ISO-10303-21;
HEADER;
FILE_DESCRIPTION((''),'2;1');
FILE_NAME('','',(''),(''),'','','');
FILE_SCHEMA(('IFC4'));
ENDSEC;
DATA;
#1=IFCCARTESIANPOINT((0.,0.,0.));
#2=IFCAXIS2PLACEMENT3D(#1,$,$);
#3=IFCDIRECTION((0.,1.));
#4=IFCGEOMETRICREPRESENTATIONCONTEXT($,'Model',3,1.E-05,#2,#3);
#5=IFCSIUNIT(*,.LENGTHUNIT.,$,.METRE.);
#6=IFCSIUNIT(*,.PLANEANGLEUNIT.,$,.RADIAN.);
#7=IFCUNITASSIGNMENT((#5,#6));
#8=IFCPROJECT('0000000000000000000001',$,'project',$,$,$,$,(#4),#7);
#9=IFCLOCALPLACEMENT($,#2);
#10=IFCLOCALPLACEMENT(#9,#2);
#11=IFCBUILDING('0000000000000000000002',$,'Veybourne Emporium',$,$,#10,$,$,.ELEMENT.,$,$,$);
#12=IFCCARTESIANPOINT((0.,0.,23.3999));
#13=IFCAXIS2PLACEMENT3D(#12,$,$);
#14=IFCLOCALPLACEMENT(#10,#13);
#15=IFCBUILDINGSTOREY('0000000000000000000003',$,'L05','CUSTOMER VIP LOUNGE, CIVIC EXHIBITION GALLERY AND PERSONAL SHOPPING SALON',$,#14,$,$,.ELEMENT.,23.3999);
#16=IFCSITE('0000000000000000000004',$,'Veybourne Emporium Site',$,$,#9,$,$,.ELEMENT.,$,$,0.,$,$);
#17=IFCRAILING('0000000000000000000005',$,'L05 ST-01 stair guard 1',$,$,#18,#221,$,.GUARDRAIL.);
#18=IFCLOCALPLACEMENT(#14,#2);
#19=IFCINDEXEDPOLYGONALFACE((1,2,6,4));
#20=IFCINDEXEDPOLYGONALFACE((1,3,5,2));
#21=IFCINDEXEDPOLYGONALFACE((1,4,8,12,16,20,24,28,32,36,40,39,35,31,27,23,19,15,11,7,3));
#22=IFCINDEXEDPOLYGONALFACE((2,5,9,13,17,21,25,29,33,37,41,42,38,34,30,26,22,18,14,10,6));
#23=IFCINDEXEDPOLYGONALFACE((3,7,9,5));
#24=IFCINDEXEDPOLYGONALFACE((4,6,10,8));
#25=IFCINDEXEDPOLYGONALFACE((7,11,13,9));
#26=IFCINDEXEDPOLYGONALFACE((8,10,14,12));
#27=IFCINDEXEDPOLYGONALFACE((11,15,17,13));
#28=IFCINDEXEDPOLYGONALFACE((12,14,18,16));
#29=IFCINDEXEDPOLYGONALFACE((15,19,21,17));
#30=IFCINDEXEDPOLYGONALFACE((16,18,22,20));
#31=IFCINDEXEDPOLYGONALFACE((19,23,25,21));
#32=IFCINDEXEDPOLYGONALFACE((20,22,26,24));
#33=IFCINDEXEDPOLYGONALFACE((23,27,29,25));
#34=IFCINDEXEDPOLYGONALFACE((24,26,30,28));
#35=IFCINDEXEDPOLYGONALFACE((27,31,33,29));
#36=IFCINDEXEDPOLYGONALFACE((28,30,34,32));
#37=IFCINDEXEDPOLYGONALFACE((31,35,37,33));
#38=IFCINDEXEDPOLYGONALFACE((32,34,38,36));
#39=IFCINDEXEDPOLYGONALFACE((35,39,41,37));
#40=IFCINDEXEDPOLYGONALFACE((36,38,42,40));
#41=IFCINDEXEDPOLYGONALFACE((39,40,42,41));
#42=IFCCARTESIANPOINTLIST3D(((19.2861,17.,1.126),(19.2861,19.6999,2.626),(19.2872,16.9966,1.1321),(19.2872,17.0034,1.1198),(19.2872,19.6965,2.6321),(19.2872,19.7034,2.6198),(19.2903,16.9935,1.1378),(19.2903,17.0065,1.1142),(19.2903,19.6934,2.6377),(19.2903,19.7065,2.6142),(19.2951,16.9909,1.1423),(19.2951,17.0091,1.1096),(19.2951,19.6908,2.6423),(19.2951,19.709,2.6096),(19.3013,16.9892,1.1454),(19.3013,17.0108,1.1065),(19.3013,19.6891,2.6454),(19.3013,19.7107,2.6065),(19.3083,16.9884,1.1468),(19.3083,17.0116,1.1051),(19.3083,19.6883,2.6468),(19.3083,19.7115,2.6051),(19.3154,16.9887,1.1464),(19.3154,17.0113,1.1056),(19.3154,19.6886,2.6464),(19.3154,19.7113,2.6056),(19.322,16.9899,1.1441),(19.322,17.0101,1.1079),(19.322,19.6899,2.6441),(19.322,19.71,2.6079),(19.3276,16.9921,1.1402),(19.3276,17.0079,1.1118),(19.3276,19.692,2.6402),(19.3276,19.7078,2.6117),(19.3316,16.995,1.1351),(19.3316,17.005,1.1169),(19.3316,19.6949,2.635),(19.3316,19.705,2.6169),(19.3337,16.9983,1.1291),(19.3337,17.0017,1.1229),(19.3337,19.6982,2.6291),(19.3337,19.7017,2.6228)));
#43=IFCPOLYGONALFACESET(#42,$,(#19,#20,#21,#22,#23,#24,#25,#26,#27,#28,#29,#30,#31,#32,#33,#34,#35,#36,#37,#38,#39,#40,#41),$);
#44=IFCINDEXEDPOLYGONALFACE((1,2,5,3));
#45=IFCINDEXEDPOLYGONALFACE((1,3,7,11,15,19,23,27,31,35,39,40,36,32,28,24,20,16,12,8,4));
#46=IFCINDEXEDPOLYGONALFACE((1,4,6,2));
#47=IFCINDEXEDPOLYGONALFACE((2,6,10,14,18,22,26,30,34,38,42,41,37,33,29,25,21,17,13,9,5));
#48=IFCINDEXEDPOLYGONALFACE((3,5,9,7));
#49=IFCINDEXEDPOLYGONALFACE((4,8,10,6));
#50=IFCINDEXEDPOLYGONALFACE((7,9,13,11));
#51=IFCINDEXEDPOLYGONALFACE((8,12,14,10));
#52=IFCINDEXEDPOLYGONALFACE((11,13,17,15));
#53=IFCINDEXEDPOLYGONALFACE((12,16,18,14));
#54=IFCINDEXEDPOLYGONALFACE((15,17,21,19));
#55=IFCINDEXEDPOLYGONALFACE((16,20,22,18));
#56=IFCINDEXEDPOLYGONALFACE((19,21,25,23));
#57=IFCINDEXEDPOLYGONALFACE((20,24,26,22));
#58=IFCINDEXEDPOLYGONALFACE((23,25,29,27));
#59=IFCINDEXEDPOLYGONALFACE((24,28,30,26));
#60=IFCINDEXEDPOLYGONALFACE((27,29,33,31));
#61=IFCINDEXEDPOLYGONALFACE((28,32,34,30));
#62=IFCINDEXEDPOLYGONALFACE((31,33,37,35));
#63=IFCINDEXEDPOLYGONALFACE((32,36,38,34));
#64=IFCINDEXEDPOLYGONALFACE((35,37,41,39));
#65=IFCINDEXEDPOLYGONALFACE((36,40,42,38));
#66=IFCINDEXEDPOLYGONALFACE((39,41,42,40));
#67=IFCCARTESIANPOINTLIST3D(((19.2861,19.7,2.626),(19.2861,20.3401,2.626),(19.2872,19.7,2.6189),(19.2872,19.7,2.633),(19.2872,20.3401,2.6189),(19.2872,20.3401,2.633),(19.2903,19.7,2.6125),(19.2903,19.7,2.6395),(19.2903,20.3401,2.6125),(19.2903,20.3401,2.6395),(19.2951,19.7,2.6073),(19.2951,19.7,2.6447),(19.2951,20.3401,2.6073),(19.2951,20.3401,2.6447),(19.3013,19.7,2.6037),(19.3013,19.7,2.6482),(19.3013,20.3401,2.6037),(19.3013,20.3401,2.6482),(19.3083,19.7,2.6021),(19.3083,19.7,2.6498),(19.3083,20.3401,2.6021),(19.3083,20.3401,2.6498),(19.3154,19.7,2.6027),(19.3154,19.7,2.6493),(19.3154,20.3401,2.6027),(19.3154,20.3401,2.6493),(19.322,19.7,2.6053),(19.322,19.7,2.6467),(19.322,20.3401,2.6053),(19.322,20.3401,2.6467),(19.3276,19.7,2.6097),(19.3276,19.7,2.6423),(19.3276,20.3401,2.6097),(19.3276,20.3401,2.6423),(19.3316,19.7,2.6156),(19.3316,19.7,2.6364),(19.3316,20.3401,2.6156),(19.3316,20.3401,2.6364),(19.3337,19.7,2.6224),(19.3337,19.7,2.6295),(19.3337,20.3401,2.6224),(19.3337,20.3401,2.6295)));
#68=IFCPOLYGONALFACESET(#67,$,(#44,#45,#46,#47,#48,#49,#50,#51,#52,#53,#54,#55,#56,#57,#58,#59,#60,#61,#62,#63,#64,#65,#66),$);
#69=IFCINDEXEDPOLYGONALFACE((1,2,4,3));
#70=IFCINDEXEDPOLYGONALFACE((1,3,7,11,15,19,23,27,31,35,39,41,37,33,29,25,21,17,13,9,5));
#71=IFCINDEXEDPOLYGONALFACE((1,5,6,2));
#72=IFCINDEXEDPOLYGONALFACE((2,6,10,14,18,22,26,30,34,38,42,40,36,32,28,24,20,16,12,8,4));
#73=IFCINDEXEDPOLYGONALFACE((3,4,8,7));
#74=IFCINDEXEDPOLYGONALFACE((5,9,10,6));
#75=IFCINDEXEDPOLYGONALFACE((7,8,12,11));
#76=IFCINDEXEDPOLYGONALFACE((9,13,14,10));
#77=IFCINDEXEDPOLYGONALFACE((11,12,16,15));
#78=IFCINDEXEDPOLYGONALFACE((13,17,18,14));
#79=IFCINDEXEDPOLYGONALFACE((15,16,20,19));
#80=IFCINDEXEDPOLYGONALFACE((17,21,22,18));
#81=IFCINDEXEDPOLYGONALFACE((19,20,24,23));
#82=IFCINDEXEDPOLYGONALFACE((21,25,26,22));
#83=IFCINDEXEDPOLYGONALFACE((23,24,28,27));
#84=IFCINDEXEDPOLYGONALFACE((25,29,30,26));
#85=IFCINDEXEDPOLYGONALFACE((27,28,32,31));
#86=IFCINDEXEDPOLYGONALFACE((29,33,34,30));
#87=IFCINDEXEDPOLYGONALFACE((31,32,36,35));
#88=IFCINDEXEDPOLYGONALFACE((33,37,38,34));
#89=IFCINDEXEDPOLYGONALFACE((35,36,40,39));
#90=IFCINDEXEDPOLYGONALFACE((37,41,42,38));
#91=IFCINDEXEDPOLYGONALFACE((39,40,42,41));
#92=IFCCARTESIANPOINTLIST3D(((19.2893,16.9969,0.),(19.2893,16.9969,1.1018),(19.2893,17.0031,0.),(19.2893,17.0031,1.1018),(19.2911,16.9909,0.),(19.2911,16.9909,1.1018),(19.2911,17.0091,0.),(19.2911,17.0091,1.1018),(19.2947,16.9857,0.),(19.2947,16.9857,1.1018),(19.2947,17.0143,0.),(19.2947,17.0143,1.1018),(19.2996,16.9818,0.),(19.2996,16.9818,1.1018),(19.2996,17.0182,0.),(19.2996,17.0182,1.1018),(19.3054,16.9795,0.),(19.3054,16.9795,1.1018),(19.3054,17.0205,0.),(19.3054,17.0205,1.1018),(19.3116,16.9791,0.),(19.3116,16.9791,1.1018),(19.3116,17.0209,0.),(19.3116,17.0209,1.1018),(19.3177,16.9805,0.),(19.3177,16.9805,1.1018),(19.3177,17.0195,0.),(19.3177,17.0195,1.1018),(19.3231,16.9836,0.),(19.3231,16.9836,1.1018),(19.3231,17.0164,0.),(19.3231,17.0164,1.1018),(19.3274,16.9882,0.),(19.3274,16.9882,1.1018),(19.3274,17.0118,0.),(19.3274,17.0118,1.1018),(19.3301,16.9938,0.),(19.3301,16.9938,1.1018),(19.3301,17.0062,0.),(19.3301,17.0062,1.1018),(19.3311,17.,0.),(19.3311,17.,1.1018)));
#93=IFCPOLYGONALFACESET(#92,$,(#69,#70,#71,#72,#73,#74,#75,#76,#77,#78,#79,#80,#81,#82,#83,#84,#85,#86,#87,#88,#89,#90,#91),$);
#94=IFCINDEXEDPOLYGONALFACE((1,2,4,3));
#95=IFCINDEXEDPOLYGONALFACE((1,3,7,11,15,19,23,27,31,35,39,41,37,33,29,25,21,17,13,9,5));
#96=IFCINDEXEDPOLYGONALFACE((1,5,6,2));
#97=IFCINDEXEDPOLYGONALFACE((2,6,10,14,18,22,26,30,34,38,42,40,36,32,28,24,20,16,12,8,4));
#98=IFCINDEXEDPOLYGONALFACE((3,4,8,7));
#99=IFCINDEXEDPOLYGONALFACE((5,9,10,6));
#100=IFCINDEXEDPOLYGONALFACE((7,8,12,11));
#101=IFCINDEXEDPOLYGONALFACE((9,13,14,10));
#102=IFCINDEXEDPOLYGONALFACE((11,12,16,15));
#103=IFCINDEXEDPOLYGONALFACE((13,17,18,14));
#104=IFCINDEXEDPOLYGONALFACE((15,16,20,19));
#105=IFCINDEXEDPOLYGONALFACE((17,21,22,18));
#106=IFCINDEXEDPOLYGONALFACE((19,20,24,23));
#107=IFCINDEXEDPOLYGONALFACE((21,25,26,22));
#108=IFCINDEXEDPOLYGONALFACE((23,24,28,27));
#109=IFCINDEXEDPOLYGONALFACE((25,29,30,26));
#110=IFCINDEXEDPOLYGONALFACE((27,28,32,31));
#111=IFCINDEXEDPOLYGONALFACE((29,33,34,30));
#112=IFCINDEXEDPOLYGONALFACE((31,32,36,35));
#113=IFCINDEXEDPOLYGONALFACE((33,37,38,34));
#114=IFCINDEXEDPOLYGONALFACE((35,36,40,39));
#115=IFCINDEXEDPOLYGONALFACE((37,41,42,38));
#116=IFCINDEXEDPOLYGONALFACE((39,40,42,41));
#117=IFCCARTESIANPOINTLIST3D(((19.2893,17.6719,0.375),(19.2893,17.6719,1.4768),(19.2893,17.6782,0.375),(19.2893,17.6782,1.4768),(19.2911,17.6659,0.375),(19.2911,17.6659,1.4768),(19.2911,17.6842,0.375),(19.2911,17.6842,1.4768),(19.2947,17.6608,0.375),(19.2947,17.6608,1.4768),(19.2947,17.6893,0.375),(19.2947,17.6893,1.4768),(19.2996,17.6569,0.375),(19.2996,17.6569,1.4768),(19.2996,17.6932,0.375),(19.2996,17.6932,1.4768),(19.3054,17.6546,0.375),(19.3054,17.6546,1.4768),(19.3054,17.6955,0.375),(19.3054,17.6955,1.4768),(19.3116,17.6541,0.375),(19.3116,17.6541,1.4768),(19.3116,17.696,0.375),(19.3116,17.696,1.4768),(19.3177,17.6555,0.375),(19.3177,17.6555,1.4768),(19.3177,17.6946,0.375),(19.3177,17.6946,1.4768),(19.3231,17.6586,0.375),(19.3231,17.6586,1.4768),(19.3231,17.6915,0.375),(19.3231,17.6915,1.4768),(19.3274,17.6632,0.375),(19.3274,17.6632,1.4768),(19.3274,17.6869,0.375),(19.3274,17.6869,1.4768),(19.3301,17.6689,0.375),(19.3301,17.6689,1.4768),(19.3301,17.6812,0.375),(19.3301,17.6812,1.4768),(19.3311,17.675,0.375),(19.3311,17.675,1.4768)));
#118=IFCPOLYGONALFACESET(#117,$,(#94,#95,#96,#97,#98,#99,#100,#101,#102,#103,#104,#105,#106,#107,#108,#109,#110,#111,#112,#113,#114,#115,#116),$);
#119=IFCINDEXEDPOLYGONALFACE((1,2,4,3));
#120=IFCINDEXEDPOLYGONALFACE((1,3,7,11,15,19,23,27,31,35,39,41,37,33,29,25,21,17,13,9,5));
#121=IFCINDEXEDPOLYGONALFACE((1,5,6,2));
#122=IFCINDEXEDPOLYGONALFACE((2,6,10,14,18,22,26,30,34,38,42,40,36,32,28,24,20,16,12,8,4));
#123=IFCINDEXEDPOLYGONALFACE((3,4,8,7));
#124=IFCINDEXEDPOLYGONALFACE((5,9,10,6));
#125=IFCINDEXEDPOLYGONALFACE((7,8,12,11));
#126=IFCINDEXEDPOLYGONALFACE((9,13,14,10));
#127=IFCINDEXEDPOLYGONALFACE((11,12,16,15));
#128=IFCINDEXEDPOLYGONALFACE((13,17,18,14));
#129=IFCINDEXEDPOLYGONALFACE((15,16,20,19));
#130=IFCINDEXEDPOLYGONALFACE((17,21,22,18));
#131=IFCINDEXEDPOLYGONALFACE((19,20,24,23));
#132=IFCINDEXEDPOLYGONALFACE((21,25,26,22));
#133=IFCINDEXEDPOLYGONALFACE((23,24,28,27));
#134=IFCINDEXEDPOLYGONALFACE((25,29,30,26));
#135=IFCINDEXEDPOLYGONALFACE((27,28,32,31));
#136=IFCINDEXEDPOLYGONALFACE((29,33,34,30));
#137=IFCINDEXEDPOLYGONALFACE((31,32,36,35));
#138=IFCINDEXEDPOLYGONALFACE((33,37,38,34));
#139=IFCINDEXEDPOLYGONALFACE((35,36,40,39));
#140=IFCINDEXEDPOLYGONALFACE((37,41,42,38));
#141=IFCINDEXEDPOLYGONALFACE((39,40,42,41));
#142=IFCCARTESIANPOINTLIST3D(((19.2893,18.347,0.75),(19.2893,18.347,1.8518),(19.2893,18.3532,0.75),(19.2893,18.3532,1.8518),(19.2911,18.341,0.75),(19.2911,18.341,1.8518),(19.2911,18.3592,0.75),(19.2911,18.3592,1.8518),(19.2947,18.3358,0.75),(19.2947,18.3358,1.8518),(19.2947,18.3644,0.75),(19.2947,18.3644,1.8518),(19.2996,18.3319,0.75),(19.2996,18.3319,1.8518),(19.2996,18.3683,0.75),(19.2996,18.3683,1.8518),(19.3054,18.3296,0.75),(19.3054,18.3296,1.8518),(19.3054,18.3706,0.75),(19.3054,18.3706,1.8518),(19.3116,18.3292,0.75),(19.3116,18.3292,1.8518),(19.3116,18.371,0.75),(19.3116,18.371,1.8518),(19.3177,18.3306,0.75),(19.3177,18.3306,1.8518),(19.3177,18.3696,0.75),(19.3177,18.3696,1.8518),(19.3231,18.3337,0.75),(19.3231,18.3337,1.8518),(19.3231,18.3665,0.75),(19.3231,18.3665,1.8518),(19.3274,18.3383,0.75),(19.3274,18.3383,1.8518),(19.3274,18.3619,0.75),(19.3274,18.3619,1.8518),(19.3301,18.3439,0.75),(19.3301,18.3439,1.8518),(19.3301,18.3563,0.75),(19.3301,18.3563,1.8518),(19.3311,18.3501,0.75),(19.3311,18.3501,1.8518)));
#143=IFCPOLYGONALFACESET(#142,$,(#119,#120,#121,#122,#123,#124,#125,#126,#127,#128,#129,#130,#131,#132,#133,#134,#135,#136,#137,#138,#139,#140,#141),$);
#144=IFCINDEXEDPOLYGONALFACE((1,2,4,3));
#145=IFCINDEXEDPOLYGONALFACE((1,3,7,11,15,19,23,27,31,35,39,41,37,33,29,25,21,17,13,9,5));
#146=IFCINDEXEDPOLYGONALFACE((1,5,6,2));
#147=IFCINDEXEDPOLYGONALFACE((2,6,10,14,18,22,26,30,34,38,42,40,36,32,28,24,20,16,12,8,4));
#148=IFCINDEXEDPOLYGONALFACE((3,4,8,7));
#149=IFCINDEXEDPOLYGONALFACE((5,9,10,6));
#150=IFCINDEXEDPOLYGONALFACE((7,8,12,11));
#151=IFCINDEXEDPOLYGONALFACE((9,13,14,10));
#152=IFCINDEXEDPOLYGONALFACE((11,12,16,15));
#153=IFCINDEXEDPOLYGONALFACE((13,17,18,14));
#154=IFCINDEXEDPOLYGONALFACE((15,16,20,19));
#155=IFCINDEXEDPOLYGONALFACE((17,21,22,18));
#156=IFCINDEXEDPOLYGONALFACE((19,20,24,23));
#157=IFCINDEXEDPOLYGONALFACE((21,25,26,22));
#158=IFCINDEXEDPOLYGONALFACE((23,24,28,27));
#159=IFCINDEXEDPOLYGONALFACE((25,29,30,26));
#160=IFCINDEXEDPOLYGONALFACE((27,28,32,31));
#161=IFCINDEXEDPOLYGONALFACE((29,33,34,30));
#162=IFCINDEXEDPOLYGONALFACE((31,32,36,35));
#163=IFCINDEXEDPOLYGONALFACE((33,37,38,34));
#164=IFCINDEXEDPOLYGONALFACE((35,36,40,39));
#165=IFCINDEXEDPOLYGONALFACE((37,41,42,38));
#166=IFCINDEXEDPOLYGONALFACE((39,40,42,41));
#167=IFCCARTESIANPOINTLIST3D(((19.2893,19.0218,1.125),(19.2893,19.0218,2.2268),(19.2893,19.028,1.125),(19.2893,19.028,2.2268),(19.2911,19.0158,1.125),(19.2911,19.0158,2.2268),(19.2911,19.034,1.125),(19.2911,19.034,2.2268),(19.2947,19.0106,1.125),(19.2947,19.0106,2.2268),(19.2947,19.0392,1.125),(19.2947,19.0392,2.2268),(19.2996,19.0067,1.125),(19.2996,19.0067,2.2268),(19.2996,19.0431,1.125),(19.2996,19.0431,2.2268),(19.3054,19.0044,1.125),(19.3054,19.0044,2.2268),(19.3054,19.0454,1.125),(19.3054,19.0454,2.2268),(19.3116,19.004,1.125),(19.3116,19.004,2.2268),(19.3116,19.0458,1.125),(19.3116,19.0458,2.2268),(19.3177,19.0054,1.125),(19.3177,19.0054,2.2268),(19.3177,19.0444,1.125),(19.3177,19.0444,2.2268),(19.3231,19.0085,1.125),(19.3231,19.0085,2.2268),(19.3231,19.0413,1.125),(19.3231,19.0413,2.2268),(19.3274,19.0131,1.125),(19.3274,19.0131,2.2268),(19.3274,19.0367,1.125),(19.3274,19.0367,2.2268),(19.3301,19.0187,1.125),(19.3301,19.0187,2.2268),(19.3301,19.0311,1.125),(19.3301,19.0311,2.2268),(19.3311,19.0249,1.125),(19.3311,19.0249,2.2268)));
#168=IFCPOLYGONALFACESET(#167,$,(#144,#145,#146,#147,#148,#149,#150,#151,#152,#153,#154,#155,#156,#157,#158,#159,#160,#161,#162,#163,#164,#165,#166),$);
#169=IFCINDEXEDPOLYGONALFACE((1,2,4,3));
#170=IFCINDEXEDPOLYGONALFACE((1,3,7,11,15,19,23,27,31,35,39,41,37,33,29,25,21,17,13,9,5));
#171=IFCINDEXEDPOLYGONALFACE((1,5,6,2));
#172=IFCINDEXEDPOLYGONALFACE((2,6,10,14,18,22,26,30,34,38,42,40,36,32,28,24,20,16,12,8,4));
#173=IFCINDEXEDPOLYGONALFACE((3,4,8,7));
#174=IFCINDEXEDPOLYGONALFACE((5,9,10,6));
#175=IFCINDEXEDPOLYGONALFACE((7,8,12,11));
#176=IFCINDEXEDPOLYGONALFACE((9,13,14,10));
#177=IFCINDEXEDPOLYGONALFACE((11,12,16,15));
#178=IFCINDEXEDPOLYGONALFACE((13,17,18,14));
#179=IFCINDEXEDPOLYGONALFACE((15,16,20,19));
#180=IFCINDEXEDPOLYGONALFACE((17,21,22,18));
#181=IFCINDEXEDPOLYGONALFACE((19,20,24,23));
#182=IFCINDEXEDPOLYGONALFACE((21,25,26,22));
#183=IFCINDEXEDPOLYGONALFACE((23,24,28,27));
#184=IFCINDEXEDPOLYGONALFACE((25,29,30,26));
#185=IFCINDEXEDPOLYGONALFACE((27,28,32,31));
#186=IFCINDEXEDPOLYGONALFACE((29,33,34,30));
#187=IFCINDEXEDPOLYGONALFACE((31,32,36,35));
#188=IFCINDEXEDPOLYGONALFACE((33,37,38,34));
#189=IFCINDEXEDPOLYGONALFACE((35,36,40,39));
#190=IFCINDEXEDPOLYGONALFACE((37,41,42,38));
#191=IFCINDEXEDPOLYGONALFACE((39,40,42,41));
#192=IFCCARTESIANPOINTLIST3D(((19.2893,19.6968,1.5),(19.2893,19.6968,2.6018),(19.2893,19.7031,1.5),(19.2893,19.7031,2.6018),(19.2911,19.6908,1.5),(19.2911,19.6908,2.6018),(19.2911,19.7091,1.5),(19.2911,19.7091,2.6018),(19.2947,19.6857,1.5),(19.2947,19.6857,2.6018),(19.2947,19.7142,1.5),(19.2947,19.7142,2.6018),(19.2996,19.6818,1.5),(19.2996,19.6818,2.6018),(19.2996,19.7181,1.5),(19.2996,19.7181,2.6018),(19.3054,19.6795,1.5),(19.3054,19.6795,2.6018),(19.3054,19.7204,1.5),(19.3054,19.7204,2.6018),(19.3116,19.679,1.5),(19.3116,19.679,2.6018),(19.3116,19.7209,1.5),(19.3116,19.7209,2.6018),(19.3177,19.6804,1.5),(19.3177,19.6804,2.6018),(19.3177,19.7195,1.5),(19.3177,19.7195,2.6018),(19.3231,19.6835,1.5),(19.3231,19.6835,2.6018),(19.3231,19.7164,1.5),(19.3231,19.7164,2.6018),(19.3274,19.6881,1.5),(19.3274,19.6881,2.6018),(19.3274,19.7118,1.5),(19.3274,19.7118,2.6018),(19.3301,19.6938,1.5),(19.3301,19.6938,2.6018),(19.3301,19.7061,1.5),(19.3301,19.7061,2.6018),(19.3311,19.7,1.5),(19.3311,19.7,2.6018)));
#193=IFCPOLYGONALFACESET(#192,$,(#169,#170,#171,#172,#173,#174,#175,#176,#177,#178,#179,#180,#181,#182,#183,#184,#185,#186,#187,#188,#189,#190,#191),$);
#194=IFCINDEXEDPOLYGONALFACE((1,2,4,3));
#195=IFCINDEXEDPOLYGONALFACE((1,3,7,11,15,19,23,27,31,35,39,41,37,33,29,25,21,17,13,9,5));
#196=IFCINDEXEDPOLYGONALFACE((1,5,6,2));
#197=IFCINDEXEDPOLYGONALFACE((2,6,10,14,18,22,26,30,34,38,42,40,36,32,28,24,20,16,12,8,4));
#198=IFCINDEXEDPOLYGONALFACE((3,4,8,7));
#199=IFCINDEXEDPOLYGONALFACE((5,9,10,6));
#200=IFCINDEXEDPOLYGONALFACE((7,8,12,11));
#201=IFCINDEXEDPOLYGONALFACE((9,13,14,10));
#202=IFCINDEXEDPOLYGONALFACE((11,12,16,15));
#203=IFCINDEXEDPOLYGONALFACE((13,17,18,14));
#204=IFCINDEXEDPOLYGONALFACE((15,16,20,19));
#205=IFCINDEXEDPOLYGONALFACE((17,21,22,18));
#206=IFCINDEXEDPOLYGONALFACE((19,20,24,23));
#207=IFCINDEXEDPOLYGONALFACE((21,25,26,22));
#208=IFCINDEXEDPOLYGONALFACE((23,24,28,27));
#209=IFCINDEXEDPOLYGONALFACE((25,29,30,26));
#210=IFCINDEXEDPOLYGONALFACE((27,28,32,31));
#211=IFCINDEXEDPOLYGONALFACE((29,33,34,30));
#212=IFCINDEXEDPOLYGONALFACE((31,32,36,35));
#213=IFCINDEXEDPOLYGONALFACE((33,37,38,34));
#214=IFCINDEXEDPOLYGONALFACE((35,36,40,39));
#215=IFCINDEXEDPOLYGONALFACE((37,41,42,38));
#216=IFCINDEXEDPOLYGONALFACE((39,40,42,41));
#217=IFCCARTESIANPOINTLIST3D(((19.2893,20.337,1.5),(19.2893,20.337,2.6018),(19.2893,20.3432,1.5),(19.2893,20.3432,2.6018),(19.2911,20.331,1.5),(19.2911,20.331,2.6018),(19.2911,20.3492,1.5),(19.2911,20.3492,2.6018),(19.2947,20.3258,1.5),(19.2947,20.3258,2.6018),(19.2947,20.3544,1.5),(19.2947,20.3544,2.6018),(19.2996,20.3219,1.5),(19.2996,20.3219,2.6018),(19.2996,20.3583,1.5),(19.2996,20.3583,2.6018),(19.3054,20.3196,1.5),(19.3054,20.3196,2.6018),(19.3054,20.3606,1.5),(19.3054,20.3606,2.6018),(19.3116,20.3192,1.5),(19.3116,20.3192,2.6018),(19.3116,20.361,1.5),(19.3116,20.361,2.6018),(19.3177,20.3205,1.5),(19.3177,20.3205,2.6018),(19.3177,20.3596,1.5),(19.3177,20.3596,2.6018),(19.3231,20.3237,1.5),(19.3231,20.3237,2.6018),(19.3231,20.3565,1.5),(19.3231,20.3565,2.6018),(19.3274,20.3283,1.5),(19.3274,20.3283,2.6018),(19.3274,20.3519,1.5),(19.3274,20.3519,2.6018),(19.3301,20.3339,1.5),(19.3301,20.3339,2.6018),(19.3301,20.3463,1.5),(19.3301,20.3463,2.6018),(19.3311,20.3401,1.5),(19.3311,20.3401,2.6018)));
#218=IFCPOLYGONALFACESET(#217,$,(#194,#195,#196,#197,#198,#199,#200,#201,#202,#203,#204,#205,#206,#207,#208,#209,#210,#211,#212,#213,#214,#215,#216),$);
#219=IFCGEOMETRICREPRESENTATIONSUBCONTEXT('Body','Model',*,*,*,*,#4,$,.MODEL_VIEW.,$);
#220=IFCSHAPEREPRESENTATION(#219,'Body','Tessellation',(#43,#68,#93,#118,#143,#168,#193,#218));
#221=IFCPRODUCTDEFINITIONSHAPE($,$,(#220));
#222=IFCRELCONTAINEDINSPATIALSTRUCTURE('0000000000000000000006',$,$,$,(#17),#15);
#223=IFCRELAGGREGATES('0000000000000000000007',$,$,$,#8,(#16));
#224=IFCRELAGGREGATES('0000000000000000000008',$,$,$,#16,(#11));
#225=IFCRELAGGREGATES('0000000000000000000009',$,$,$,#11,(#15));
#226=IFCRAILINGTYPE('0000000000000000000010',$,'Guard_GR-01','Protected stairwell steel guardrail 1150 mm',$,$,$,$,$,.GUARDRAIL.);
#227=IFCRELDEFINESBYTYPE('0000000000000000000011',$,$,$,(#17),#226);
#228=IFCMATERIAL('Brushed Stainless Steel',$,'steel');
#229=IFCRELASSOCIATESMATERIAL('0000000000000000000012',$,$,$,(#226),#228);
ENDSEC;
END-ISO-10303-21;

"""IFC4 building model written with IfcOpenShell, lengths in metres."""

from ifc_helpers import new_model, si_unit, direction, frame, origin, origin_2d, place, context, subcontext, project, spatial, circle, extrude, material, type_object, element, save


model = new_model("IFC4")

# Units and contexts
model_context = context("Model", 3, precision=1e-05, world=origin(), true_north=direction((0.0, 1.0)))
body_context = subcontext(model_context, "Body", "Model", "MODEL_VIEW")
ifc_project = project(units=[si_unit("LENGTHUNIT", "METRE"), si_unit("PLANEANGLEUNIT", "RADIAN")], contexts=[model_context])

# Site, building, storey
site_placement = place(None, origin())
site = spatial("IfcSite", under=ifc_project, at=site_placement, Name="Veybourne Emporium Site", CompositionType="ELEMENT", RefElevation=0.0)
building_placement = place(site_placement, origin())
building = spatial("IfcBuilding", under=site, at=building_placement, Name="Veybourne Emporium", CompositionType="ELEMENT")
storey_placement = place(building_placement, frame((0.0, 0.0, 23.3999)))
storey = spatial("IfcBuildingStorey", under=building, at=storey_placement, Name="L05", Description="CUSTOMER VIP LOUNGE, CIVIC EXHIBITION GALLERY AND PERSONAL SHOPPING SALON", CompositionType="ELEMENT", Elevation=23.3999)

# Railing
ifc_material_1 = material(Name="Brushed Stainless Steel", Category="steel")
railing_type_1 = type_object("IfcRailingType", Name="Guard_GR-01", Description="Protected stairwell steel guardrail 1150 mm", PredefinedType="GUARDRAIL", material=ifc_material_1)
railing_1_placement = place(storey_placement, frame((19.3101, 17.0, 0.0)))
element("IfcRailing", 1, at=railing_1_placement, inside=storey, type_object=railing_type_1, Name="L05 ST-01 stair guard 1", PredefinedType="GUARDRAIL", context=body_context, shape_type="SweptSolid", body=[
    extrude(circle(Radius=0.0239, at=origin_2d()), frame((0.0, 0.0, 1.126), z_axis=(0.0, 0.874154, 0.48565), x_axis=(-1.0, 0.0, 0.0)), (0.0, 0.0, 1.0), 3.0886),
    extrude(circle(Radius=0.0239, at=origin_2d()), frame((0.0, 2.7, 2.626), z_axis=(0.0, 1.0, 0.0), x_axis=(-1.0, 0.0, 0.0)), (0.0, 0.0, 1.0), 0.6401),
    extrude(circle(Radius=0.021, at=origin_2d()), origin(), (0.0, 0.0, 1.0), 1.1018),
    extrude(circle(Radius=0.021, at=origin_2d()), frame((0.0, 0.675, 0.375)), (0.0, 0.0, 1.0), 1.1018),
    extrude(circle(Radius=0.021, at=origin_2d()), frame((0.0, 1.3501, 0.75)), (0.0, 0.0, 1.0), 1.1018),
    extrude(circle(Radius=0.021, at=origin_2d()), frame((0.0, 2.0249, 1.125)), (0.0, 0.0, 1.0), 1.1018),
    extrude(circle(Radius=0.021, at=origin_2d()), frame((0.0, 2.7, 1.5)), (0.0, 0.0, 1.0), 1.1018),
    extrude(circle(Radius=0.021, at=origin_2d()), frame((0.0, 3.3401, 1.5)), (0.0, 0.0, 1.0), 1.1018),
])

save(model, "model.ifc")
